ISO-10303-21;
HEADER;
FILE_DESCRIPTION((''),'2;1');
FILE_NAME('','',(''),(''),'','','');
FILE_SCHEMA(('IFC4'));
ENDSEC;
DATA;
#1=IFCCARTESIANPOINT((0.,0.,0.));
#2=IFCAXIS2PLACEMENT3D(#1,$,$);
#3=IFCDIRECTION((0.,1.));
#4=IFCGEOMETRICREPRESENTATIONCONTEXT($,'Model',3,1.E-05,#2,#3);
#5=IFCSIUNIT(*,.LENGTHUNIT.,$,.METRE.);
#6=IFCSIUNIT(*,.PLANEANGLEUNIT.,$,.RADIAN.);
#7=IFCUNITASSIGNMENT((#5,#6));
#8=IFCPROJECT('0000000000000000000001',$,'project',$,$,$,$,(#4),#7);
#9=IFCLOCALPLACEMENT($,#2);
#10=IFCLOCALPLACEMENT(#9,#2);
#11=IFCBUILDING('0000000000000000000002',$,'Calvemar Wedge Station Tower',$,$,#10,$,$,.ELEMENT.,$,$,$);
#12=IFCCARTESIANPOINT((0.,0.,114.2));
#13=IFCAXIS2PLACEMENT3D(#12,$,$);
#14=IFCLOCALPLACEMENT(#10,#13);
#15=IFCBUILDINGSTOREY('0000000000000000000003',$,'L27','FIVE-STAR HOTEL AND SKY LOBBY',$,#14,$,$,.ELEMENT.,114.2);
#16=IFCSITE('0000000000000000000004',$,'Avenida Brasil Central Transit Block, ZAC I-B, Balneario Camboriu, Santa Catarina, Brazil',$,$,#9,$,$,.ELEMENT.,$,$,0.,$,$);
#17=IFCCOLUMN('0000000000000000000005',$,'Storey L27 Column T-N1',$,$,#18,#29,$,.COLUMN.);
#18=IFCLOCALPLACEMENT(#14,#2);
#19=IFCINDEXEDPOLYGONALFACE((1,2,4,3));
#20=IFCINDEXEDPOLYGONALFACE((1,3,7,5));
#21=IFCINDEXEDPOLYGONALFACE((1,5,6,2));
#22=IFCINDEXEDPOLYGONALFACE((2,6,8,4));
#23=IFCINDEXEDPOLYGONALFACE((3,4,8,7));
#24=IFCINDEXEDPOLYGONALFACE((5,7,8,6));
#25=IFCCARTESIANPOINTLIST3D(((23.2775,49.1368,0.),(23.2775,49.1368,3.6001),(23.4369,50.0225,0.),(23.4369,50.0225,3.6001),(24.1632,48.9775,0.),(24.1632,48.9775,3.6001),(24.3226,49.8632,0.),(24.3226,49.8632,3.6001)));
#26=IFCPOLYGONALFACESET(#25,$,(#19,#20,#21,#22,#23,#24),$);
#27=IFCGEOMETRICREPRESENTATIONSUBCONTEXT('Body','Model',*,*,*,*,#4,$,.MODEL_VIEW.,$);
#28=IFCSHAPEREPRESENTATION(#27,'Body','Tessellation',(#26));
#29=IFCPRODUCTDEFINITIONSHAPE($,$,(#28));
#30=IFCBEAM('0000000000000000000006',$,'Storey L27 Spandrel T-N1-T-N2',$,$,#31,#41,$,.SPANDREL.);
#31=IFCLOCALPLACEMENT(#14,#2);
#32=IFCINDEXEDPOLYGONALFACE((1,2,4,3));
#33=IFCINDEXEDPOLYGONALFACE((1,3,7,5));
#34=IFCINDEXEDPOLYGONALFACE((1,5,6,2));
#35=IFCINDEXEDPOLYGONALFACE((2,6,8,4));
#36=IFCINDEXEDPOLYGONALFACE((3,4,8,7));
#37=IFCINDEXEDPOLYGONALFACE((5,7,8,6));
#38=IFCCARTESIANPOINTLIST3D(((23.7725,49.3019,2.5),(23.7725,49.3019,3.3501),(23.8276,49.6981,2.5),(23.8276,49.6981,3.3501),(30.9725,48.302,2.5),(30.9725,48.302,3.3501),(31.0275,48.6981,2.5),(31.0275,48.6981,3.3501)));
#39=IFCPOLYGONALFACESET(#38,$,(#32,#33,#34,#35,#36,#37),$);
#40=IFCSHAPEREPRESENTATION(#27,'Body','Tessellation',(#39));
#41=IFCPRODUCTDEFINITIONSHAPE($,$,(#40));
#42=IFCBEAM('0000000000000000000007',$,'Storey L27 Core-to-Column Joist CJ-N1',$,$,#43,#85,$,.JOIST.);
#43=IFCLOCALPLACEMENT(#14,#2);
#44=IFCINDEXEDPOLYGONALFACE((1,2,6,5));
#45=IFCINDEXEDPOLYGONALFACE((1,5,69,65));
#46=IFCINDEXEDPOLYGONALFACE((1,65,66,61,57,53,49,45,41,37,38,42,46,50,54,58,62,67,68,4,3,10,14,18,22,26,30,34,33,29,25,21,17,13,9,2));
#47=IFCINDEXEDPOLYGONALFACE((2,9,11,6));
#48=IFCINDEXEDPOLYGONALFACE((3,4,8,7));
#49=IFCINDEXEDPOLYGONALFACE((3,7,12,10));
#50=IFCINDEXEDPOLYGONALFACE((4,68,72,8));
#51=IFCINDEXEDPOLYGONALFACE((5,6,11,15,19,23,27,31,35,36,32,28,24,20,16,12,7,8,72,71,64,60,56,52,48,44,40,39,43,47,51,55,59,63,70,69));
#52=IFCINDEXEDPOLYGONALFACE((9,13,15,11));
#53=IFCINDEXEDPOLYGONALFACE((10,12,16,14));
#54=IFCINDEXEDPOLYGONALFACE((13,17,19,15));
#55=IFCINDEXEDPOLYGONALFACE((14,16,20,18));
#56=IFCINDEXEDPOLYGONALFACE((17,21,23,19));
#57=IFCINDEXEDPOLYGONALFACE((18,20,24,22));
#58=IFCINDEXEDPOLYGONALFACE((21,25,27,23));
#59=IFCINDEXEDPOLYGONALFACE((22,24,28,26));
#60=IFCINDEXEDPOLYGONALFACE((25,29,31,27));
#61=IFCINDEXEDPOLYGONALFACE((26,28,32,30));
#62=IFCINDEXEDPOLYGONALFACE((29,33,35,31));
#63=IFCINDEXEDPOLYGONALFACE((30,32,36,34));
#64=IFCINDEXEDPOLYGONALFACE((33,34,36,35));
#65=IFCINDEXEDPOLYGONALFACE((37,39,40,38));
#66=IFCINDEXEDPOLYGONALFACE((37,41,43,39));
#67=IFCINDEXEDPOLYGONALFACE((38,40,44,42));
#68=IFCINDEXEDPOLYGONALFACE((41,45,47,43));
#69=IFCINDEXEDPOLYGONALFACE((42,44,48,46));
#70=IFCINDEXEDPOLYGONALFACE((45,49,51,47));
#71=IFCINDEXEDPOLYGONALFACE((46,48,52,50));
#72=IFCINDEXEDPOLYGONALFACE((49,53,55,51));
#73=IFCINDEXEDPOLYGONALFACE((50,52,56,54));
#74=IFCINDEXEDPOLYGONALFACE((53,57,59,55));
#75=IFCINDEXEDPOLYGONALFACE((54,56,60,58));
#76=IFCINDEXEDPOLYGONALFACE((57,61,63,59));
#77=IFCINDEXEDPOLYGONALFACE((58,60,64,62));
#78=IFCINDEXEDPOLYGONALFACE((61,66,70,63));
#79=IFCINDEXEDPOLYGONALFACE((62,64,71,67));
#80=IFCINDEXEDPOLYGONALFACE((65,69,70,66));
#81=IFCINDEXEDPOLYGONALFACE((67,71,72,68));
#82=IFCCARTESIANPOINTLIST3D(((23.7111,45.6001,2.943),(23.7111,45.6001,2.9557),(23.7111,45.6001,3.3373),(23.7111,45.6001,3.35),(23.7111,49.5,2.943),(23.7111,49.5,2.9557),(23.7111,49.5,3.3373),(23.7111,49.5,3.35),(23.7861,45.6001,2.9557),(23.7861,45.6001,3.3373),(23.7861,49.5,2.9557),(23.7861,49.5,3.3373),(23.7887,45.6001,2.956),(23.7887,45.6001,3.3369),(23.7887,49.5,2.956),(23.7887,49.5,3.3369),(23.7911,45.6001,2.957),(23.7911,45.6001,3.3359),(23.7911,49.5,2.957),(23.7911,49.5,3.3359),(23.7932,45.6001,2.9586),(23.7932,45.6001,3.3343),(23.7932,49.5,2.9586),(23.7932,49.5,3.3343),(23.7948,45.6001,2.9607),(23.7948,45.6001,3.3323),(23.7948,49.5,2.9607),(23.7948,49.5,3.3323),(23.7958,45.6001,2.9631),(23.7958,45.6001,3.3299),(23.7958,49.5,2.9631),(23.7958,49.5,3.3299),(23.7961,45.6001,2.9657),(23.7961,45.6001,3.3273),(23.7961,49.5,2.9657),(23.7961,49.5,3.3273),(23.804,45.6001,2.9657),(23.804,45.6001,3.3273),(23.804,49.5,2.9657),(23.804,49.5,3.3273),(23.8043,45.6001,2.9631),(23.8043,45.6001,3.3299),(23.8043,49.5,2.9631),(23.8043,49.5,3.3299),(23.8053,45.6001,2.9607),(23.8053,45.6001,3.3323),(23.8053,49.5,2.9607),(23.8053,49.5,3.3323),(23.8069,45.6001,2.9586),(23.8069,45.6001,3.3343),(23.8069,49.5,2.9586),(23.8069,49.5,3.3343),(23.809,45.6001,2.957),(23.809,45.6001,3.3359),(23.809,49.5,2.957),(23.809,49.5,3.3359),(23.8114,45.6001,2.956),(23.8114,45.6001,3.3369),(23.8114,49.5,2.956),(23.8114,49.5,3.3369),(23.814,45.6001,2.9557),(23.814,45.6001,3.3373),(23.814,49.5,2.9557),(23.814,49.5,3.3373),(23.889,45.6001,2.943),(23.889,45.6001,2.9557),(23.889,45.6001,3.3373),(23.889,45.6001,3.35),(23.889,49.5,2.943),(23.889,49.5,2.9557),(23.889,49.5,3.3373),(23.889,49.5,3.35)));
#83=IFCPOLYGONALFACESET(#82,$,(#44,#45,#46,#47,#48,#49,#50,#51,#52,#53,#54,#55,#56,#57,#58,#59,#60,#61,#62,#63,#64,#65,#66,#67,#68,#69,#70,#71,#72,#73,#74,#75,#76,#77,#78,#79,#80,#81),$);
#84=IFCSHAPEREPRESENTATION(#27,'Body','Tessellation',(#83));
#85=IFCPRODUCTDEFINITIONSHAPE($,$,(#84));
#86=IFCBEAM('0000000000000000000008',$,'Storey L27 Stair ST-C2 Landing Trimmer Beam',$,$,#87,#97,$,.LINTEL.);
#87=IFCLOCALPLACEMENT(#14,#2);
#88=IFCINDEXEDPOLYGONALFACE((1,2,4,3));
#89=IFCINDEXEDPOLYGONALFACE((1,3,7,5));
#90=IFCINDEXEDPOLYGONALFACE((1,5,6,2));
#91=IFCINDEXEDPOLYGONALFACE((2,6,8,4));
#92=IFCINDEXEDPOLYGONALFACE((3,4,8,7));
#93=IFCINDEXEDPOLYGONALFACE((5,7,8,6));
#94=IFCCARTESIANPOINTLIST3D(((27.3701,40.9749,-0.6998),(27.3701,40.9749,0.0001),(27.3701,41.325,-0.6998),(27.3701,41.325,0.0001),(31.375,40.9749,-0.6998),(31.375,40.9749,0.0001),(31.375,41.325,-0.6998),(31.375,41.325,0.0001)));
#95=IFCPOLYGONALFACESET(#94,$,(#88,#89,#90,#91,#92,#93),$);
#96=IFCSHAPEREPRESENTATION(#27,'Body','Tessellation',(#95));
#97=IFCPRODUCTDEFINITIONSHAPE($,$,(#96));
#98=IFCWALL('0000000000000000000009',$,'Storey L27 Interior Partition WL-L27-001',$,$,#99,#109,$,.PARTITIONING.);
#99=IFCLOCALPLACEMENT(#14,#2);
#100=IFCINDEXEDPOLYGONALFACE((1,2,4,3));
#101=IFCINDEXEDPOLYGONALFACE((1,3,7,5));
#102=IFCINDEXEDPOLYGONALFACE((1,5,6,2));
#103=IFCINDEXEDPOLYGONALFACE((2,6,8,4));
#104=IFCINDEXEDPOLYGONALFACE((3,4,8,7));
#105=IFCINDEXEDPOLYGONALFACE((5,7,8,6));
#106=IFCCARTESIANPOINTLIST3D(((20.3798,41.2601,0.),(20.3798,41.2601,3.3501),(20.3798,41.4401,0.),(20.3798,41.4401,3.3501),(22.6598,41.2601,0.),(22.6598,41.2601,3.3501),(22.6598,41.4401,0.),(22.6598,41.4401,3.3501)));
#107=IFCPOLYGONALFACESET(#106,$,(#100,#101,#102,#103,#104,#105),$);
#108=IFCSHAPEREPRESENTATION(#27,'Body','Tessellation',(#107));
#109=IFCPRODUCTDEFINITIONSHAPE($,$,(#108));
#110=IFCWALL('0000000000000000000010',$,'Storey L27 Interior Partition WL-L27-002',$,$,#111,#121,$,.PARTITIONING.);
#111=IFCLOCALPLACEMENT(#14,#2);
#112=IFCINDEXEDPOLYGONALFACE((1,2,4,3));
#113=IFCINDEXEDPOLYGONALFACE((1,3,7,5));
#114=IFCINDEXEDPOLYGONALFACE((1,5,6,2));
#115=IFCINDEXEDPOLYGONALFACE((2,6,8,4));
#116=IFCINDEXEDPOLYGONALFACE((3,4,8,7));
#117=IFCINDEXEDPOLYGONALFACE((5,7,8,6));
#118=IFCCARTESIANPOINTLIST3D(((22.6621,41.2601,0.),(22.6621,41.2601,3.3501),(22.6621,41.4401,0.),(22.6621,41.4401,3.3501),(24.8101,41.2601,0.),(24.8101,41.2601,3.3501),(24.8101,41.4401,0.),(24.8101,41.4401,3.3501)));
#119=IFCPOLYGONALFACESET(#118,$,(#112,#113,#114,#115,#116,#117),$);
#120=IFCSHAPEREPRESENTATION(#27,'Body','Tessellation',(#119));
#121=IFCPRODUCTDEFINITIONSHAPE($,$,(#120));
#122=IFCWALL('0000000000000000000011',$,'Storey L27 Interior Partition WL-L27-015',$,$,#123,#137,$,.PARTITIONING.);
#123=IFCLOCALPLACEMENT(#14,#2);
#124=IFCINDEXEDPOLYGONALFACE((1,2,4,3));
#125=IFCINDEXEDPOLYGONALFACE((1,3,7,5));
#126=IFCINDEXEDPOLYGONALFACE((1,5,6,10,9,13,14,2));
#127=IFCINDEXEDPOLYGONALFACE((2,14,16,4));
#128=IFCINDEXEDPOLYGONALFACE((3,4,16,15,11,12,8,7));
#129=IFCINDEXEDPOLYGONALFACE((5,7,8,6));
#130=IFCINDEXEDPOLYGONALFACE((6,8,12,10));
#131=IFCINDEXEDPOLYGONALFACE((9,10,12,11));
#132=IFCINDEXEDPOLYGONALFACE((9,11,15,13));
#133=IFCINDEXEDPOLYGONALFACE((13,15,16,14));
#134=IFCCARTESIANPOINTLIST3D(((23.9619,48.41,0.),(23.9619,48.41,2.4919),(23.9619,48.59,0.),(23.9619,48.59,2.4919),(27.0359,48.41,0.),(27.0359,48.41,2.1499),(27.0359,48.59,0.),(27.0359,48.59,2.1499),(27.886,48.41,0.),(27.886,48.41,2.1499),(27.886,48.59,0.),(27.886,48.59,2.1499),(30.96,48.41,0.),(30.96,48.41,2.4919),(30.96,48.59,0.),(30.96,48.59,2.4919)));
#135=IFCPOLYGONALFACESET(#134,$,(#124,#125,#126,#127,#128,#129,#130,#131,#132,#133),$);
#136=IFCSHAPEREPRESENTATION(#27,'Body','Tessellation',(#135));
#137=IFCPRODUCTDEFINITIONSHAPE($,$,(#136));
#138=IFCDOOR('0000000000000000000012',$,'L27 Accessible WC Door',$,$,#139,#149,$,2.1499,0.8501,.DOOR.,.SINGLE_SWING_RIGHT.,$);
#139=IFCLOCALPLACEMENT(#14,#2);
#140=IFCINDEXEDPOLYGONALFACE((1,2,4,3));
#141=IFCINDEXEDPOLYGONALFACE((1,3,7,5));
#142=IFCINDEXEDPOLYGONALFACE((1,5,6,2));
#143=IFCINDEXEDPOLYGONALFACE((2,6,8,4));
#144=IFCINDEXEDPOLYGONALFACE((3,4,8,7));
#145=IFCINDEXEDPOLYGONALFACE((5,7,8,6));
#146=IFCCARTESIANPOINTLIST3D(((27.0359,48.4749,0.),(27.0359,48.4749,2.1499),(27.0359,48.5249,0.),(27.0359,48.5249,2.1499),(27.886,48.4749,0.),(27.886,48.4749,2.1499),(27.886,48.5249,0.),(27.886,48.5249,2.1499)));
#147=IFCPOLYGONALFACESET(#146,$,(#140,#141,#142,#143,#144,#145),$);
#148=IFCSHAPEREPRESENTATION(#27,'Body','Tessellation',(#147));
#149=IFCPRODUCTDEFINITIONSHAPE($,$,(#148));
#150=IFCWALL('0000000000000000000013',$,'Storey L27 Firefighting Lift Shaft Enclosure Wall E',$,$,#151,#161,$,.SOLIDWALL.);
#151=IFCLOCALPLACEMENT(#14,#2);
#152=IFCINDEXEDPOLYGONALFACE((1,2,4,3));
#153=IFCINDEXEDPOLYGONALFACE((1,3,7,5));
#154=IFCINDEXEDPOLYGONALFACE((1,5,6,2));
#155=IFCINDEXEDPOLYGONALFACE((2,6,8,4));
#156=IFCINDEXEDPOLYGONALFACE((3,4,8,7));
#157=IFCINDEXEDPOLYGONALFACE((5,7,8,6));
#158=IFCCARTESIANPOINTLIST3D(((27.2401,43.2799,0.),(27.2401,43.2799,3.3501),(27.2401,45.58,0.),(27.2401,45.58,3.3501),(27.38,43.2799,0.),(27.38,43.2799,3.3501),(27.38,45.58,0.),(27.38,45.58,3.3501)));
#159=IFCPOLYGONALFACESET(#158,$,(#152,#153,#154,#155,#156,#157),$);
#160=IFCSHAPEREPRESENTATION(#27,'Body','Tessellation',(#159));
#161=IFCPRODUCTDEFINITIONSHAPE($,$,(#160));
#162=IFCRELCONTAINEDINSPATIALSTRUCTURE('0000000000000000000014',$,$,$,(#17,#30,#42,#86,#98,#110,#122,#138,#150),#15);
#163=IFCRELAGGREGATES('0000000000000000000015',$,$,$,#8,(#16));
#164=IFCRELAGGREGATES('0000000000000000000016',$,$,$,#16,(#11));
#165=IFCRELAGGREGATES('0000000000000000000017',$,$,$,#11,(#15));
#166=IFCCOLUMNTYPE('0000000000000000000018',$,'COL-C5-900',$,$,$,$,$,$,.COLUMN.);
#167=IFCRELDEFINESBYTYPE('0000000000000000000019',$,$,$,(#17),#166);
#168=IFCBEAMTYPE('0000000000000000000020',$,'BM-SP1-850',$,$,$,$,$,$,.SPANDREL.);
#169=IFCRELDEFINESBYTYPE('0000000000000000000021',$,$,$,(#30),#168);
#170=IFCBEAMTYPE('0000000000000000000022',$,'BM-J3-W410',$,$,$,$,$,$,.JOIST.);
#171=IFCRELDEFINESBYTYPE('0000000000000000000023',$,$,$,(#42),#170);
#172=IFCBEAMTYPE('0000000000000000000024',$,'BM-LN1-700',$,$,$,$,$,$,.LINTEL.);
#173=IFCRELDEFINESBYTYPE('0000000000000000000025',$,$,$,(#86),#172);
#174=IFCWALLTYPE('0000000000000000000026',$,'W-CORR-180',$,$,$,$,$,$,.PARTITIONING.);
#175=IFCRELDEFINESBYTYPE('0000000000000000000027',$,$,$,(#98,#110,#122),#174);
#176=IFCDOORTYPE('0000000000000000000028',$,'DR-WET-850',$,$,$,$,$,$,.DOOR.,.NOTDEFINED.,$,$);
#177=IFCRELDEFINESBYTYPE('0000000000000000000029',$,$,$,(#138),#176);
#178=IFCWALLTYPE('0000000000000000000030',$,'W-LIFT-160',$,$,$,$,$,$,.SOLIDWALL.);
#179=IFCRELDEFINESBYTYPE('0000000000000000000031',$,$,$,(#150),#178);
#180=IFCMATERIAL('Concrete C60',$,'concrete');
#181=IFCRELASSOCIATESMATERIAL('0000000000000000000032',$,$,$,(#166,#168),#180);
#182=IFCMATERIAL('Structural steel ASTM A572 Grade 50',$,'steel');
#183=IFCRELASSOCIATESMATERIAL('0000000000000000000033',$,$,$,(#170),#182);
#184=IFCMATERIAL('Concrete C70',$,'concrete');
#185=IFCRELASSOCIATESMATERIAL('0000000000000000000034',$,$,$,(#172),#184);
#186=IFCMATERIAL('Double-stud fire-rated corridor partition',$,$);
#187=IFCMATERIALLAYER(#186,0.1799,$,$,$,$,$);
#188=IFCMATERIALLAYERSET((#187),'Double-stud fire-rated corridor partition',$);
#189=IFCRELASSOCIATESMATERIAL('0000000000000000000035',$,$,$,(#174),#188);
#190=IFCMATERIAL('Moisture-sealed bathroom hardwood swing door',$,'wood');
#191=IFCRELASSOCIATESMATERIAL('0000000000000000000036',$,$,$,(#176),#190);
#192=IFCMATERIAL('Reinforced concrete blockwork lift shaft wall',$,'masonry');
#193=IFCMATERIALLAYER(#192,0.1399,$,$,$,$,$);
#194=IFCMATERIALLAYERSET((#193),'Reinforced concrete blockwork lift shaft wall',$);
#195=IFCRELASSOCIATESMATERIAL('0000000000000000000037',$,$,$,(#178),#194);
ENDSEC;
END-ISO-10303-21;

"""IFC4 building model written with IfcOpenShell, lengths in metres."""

from ifc_helpers import new_model, si_unit, direction, frame, frame_2d, origin, origin_2d, place, context, subcontext, project, spatial, rectangle, i_section, extrude, source, transform, mapped, material, layer, layer_set, material_profile, profile_set, type_object, element, fill, save


model = new_model("IFC4")

# Units and contexts
model_context = context("Model", 3, precision=1e-05, world=origin(), true_north=direction((0.0, 1.0)))
body_context = subcontext(model_context, "Body", "Model", "MODEL_VIEW")
ifc_project = project(units=[si_unit("LENGTHUNIT", "METRE"), si_unit("PLANEANGLEUNIT", "RADIAN")], contexts=[model_context])

# Site, building, storey
site_placement = place(None, origin())
site = spatial("IfcSite", under=ifc_project, at=site_placement, Name="Avenida Brasil Central Transit Block, ZAC I-B, Balneario Camboriu, Santa Catarina, Brazil", CompositionType="ELEMENT", RefElevation=0.0)
building_placement = place(site_placement, origin())
building = spatial("IfcBuilding", under=site, at=building_placement, Name="Calvemar Wedge Station Tower", CompositionType="ELEMENT")
storey_placement = place(building_placement, frame((0.0, 0.0, 114.2)))
storey = spatial("IfcBuildingStorey", under=building, at=storey_placement, Name="L27", Description="FIVE-STAR HOTEL AND SKY LOBBY", CompositionType="ELEMENT", Elevation=114.2)

# Column
ifc_material_1 = material(Name="Concrete C60", Category="concrete")
ifc_material_profile_1 = material_profile(ifc_material_1, rectangle(XDim=0.8999, YDim=0.8999, at=origin_2d()), Name="RC900x900")
ifc_profile_set_1 = profile_set([ifc_material_profile_1], Name="Concrete C60")
column_type = type_object("IfcColumnType", Name="COL-C5-900", PredefinedType="COLUMN", material=ifc_profile_set_1)
shared_shape_1 = source(origin(), body_context, "Body", "SweptSolid", [
    extrude(rectangle(XDim=0.8999, YDim=0.8999, at=origin_2d()), origin(), (0.0, 0.0, 1.0), 3.6001),
])
column_placement = place(storey_placement, frame((23.8, 49.5, 0.0), z_axis=(0.0, 0.0, 1.0), x_axis=(0.984196, -0.177085, 0.0)))
element("IfcColumn", 1, at=column_placement, inside=storey, type_object=column_type, Name="Storey L27 Column T-N1", PredefinedType="COLUMN", context=body_context, shape_type="MappedRepresentation", body=[
    mapped(shared_shape_1, transform((0.0, 0.0, 0.0), scale=1.0)),
])

# Beams
ifc_material_profile_2 = material_profile(ifc_material_1, rectangle(XDim=0.3999, YDim=0.8501, at=origin_2d()), Name="RC400x850")
ifc_profile_set_2 = profile_set([ifc_material_profile_2], Name="Concrete C60")
beam_type_1 = type_object("IfcBeamType", Name="BM-SP1-850", PredefinedType="SPANDREL", material=ifc_profile_set_2)
shared_shape_2 = source(origin(), body_context, "Body", "SweptSolid", [
    extrude(rectangle(XDim=0.3999, YDim=0.8501, at=origin_2d()), origin(), (0.0, 0.0, 1.0), 7.269),
])
beam_1_placement = place(storey_placement, frame((23.8, 49.5, 2.925), z_axis=(0.990492, -0.137569, 0.0), x_axis=(0.137569, 0.990492, 0.0)))
element("IfcBeam", 2, at=beam_1_placement, inside=storey, type_object=beam_type_1, Name="Storey L27 Spandrel T-N1-T-N2", PredefinedType="SPANDREL", context=body_context, shape_type="MappedRepresentation", body=[
    mapped(shared_shape_2, transform((0.0, 0.0, 0.0), scale=1.0)),
])
ifc_material_2 = material(Name="Structural steel ASTM A572 Grade 50", Category="steel")
ifc_material_profile_3 = material_profile(ifc_material_2, i_section(OverallWidth=0.178, OverallDepth=0.407, WebThickness=0.0078, FlangeThickness=0.0127, FilletRadius=0.01, at=origin_2d()), Name="W410x60")
ifc_profile_set_3 = profile_set([ifc_material_profile_3], Name="Structural steel ASTM A572 Grade 50")
beam_type_2 = type_object("IfcBeamType", Name="BM-J3-W410", PredefinedType="JOIST", material=ifc_profile_set_3)
shared_shape_3 = source(origin(), body_context, "Body", "SweptSolid", [
    extrude(i_section(OverallWidth=0.178, OverallDepth=0.407, WebThickness=0.0078, FlangeThickness=0.0127, FilletRadius=0.01, at=origin_2d()), origin(), (0.0, 0.0, 1.0), 3.8999),
])
beam_2_placement = place(storey_placement, frame((23.8, 45.6001, 3.1465), z_axis=(0.0, 1.0, 0.0), x_axis=(-1.0, 0.0, 0.0)))
element("IfcBeam", 3, at=beam_2_placement, inside=storey, type_object=beam_type_2, Name="Storey L27 Core-to-Column Joist CJ-N1", PredefinedType="JOIST", context=body_context, shape_type="MappedRepresentation", body=[
    mapped(shared_shape_3, transform((0.0, 0.0, 0.0), scale=1.0)),
])
ifc_material_3 = material(Name="Concrete C70", Category="concrete")
ifc_material_profile_4 = material_profile(ifc_material_3, rectangle(XDim=0.3501, YDim=0.7, at=origin_2d()), Name="RC350x700")
ifc_profile_set_4 = profile_set([ifc_material_profile_4], Name="Concrete C70")
beam_type_3 = type_object("IfcBeamType", Name="BM-LN1-700", PredefinedType="LINTEL", material=ifc_profile_set_4)
shared_shape_4 = source(origin(), body_context, "Body", "SweptSolid", [
    extrude(rectangle(XDim=0.3501, YDim=0.7, at=origin_2d()), origin(), (0.0, 0.0, 1.0), 4.0049),
])
beam_3_placement = place(storey_placement, frame((27.3701, 41.1499, -0.3499), z_axis=(1.0, 0.0, 0.0), x_axis=(0.0, 1.0, 0.0)))
element("IfcBeam", 4, at=beam_3_placement, inside=storey, type_object=beam_type_3, Name="Storey L27 Stair ST-C2 Landing Trimmer Beam", PredefinedType="LINTEL", context=body_context, shape_type="MappedRepresentation", body=[
    mapped(shared_shape_4, transform((0.0, 0.0, 0.0), scale=1.0)),
])

# Walls
ifc_material_4 = material(Name="Double-stud fire-rated corridor partition")
ifc_layer_1 = layer(ifc_material_4, 0.1799)
ifc_layer_set_1 = layer_set([ifc_layer_1], Name="Double-stud fire-rated corridor partition")
wall_type_1 = type_object("IfcWallType", Name="W-CORR-180", PredefinedType="PARTITIONING", material=ifc_layer_set_1)
wall_1_placement = place(storey_placement, frame((22.6599, 41.3501, 0.0), z_axis=(0.0, 0.0, 1.0), x_axis=(-1.0, 0.0, 0.0)))
element("IfcWall", 5, at=wall_1_placement, inside=storey, type_object=wall_type_1, Name="Storey L27 Interior Partition WL-L27-001", PredefinedType="PARTITIONING", context=body_context, shape_type="SweptSolid", body=[
    extrude(rectangle(XDim=2.28, YDim=0.1799, at=frame_2d((1.1401, 0.0))), origin(), (0.0, 0.0, 1.0), 3.3501),
])
wall_2_placement = place(storey_placement, frame((24.8101, 41.3501, 0.0), z_axis=(0.0, 0.0, 1.0), x_axis=(-1.0, 0.0, 0.0)))
element("IfcWall", 6, at=wall_2_placement, inside=storey, type_object=wall_type_1, Name="Storey L27 Interior Partition WL-L27-002", PredefinedType="PARTITIONING", context=body_context, shape_type="SweptSolid", body=[
    extrude(rectangle(XDim=2.1479, YDim=0.1799, at=frame_2d((1.074, 0.0))), origin(), (0.0, 0.0, 1.0), 3.3501),
])

# Wall, opening, door
shared_shape_5 = source(origin(), body_context, "Body", "SweptSolid", [
    extrude(rectangle(XDim=0.8501, YDim=2.1499, at=frame_2d((0.425, 1.075))), frame((0.0, 0.1001, 0.0), z_axis=(0.0, -1.0, 0.0), x_axis=(1.0, 0.0, 0.0)), (0.0, 0.0, 1.0), 0.2),
])
wall_3_placement = place(storey_placement, frame((23.9619, 48.5, 0.0), z_axis=(0.0, 0.0, 1.0), x_axis=(1.0, 0.0, 0.0)))
wall_3 = element("IfcWall", 7, at=wall_3_placement, inside=storey, type_object=wall_type_1, Name="Storey L27 Interior Partition WL-L27-015", PredefinedType="PARTITIONING", context=body_context, shape_type="SweptSolid", body=[
    extrude(rectangle(XDim=6.998, YDim=0.1799, at=frame_2d((3.499, 0.0))), origin(), (0.0, 0.0, 1.0), 2.4919),
])
opening_1_placement = place(wall_3_placement, frame((3.074, 0.0, 0.0)))
opening_1 = element("IfcOpeningElement", 8, at=opening_1_placement, cuts=wall_3, PredefinedType="OPENING", context=body_context, shape_type="MappedRepresentation", body=[
    mapped(shared_shape_5, transform((0.0, 0.0, 0.0), scale=1.0)),
])
ifc_material_5 = material(Name="Moisture-sealed bathroom hardwood swing door", Category="wood")
door_type_1 = type_object("IfcDoorType", Name="DR-WET-850", OperationType="NOTDEFINED", PredefinedType="DOOR", material=ifc_material_5)
shared_shape_6 = source(origin(), body_context, "Body", "SweptSolid", [
    extrude(rectangle(XDim=0.8501, YDim=2.1499, at=frame_2d((0.425, 1.075))), frame((0.0, 0.0249, 0.0), z_axis=(0.0, -1.0, 0.0), x_axis=(1.0, 0.0, 0.0)), (0.0, 0.0, 1.0), 0.05),
])
door_1_placement = place(opening_1_placement, origin())
door_1 = element("IfcDoor", 9, at=door_1_placement, inside=storey, type_object=door_type_1, Name="L27 Accessible WC Door", OperationType="SINGLE_SWING_RIGHT", OverallHeight=2.1499, OverallWidth=0.8501, PredefinedType="DOOR", context=body_context, shape_type="MappedRepresentation", body=[
    mapped(shared_shape_6, transform((0.0, 0.0, 0.0), scale=1.0)),
])
fill(opening_1, door_1)

# Wall
ifc_material_6 = material(Name="Reinforced concrete blockwork lift shaft wall", Category="masonry")
ifc_layer_2 = layer(ifc_material_6, 0.1399)
ifc_layer_set_2 = layer_set([ifc_layer_2], Name="Reinforced concrete blockwork lift shaft wall")
wall_type_2 = type_object("IfcWallType", Name="W-LIFT-160", PredefinedType="SOLIDWALL", material=ifc_layer_set_2)
wall_4_placement = place(storey_placement, frame((27.3101, 43.28, 0.0), z_axis=(0.0, 0.0, 1.0), x_axis=(0.0, 1.0, 0.0)))
element("IfcWall", 10, at=wall_4_placement, inside=storey, type_object=wall_type_2, Name="Storey L27 Firefighting Lift Shaft Enclosure Wall E", PredefinedType="SOLIDWALL", context=body_context, shape_type="SweptSolid", body=[
    extrude(rectangle(XDim=2.3, YDim=0.1399, at=frame_2d((1.1499, 0.0))), origin(), (0.0, 0.0, 1.0), 3.3501),
])

save(model, "model.ifc")
